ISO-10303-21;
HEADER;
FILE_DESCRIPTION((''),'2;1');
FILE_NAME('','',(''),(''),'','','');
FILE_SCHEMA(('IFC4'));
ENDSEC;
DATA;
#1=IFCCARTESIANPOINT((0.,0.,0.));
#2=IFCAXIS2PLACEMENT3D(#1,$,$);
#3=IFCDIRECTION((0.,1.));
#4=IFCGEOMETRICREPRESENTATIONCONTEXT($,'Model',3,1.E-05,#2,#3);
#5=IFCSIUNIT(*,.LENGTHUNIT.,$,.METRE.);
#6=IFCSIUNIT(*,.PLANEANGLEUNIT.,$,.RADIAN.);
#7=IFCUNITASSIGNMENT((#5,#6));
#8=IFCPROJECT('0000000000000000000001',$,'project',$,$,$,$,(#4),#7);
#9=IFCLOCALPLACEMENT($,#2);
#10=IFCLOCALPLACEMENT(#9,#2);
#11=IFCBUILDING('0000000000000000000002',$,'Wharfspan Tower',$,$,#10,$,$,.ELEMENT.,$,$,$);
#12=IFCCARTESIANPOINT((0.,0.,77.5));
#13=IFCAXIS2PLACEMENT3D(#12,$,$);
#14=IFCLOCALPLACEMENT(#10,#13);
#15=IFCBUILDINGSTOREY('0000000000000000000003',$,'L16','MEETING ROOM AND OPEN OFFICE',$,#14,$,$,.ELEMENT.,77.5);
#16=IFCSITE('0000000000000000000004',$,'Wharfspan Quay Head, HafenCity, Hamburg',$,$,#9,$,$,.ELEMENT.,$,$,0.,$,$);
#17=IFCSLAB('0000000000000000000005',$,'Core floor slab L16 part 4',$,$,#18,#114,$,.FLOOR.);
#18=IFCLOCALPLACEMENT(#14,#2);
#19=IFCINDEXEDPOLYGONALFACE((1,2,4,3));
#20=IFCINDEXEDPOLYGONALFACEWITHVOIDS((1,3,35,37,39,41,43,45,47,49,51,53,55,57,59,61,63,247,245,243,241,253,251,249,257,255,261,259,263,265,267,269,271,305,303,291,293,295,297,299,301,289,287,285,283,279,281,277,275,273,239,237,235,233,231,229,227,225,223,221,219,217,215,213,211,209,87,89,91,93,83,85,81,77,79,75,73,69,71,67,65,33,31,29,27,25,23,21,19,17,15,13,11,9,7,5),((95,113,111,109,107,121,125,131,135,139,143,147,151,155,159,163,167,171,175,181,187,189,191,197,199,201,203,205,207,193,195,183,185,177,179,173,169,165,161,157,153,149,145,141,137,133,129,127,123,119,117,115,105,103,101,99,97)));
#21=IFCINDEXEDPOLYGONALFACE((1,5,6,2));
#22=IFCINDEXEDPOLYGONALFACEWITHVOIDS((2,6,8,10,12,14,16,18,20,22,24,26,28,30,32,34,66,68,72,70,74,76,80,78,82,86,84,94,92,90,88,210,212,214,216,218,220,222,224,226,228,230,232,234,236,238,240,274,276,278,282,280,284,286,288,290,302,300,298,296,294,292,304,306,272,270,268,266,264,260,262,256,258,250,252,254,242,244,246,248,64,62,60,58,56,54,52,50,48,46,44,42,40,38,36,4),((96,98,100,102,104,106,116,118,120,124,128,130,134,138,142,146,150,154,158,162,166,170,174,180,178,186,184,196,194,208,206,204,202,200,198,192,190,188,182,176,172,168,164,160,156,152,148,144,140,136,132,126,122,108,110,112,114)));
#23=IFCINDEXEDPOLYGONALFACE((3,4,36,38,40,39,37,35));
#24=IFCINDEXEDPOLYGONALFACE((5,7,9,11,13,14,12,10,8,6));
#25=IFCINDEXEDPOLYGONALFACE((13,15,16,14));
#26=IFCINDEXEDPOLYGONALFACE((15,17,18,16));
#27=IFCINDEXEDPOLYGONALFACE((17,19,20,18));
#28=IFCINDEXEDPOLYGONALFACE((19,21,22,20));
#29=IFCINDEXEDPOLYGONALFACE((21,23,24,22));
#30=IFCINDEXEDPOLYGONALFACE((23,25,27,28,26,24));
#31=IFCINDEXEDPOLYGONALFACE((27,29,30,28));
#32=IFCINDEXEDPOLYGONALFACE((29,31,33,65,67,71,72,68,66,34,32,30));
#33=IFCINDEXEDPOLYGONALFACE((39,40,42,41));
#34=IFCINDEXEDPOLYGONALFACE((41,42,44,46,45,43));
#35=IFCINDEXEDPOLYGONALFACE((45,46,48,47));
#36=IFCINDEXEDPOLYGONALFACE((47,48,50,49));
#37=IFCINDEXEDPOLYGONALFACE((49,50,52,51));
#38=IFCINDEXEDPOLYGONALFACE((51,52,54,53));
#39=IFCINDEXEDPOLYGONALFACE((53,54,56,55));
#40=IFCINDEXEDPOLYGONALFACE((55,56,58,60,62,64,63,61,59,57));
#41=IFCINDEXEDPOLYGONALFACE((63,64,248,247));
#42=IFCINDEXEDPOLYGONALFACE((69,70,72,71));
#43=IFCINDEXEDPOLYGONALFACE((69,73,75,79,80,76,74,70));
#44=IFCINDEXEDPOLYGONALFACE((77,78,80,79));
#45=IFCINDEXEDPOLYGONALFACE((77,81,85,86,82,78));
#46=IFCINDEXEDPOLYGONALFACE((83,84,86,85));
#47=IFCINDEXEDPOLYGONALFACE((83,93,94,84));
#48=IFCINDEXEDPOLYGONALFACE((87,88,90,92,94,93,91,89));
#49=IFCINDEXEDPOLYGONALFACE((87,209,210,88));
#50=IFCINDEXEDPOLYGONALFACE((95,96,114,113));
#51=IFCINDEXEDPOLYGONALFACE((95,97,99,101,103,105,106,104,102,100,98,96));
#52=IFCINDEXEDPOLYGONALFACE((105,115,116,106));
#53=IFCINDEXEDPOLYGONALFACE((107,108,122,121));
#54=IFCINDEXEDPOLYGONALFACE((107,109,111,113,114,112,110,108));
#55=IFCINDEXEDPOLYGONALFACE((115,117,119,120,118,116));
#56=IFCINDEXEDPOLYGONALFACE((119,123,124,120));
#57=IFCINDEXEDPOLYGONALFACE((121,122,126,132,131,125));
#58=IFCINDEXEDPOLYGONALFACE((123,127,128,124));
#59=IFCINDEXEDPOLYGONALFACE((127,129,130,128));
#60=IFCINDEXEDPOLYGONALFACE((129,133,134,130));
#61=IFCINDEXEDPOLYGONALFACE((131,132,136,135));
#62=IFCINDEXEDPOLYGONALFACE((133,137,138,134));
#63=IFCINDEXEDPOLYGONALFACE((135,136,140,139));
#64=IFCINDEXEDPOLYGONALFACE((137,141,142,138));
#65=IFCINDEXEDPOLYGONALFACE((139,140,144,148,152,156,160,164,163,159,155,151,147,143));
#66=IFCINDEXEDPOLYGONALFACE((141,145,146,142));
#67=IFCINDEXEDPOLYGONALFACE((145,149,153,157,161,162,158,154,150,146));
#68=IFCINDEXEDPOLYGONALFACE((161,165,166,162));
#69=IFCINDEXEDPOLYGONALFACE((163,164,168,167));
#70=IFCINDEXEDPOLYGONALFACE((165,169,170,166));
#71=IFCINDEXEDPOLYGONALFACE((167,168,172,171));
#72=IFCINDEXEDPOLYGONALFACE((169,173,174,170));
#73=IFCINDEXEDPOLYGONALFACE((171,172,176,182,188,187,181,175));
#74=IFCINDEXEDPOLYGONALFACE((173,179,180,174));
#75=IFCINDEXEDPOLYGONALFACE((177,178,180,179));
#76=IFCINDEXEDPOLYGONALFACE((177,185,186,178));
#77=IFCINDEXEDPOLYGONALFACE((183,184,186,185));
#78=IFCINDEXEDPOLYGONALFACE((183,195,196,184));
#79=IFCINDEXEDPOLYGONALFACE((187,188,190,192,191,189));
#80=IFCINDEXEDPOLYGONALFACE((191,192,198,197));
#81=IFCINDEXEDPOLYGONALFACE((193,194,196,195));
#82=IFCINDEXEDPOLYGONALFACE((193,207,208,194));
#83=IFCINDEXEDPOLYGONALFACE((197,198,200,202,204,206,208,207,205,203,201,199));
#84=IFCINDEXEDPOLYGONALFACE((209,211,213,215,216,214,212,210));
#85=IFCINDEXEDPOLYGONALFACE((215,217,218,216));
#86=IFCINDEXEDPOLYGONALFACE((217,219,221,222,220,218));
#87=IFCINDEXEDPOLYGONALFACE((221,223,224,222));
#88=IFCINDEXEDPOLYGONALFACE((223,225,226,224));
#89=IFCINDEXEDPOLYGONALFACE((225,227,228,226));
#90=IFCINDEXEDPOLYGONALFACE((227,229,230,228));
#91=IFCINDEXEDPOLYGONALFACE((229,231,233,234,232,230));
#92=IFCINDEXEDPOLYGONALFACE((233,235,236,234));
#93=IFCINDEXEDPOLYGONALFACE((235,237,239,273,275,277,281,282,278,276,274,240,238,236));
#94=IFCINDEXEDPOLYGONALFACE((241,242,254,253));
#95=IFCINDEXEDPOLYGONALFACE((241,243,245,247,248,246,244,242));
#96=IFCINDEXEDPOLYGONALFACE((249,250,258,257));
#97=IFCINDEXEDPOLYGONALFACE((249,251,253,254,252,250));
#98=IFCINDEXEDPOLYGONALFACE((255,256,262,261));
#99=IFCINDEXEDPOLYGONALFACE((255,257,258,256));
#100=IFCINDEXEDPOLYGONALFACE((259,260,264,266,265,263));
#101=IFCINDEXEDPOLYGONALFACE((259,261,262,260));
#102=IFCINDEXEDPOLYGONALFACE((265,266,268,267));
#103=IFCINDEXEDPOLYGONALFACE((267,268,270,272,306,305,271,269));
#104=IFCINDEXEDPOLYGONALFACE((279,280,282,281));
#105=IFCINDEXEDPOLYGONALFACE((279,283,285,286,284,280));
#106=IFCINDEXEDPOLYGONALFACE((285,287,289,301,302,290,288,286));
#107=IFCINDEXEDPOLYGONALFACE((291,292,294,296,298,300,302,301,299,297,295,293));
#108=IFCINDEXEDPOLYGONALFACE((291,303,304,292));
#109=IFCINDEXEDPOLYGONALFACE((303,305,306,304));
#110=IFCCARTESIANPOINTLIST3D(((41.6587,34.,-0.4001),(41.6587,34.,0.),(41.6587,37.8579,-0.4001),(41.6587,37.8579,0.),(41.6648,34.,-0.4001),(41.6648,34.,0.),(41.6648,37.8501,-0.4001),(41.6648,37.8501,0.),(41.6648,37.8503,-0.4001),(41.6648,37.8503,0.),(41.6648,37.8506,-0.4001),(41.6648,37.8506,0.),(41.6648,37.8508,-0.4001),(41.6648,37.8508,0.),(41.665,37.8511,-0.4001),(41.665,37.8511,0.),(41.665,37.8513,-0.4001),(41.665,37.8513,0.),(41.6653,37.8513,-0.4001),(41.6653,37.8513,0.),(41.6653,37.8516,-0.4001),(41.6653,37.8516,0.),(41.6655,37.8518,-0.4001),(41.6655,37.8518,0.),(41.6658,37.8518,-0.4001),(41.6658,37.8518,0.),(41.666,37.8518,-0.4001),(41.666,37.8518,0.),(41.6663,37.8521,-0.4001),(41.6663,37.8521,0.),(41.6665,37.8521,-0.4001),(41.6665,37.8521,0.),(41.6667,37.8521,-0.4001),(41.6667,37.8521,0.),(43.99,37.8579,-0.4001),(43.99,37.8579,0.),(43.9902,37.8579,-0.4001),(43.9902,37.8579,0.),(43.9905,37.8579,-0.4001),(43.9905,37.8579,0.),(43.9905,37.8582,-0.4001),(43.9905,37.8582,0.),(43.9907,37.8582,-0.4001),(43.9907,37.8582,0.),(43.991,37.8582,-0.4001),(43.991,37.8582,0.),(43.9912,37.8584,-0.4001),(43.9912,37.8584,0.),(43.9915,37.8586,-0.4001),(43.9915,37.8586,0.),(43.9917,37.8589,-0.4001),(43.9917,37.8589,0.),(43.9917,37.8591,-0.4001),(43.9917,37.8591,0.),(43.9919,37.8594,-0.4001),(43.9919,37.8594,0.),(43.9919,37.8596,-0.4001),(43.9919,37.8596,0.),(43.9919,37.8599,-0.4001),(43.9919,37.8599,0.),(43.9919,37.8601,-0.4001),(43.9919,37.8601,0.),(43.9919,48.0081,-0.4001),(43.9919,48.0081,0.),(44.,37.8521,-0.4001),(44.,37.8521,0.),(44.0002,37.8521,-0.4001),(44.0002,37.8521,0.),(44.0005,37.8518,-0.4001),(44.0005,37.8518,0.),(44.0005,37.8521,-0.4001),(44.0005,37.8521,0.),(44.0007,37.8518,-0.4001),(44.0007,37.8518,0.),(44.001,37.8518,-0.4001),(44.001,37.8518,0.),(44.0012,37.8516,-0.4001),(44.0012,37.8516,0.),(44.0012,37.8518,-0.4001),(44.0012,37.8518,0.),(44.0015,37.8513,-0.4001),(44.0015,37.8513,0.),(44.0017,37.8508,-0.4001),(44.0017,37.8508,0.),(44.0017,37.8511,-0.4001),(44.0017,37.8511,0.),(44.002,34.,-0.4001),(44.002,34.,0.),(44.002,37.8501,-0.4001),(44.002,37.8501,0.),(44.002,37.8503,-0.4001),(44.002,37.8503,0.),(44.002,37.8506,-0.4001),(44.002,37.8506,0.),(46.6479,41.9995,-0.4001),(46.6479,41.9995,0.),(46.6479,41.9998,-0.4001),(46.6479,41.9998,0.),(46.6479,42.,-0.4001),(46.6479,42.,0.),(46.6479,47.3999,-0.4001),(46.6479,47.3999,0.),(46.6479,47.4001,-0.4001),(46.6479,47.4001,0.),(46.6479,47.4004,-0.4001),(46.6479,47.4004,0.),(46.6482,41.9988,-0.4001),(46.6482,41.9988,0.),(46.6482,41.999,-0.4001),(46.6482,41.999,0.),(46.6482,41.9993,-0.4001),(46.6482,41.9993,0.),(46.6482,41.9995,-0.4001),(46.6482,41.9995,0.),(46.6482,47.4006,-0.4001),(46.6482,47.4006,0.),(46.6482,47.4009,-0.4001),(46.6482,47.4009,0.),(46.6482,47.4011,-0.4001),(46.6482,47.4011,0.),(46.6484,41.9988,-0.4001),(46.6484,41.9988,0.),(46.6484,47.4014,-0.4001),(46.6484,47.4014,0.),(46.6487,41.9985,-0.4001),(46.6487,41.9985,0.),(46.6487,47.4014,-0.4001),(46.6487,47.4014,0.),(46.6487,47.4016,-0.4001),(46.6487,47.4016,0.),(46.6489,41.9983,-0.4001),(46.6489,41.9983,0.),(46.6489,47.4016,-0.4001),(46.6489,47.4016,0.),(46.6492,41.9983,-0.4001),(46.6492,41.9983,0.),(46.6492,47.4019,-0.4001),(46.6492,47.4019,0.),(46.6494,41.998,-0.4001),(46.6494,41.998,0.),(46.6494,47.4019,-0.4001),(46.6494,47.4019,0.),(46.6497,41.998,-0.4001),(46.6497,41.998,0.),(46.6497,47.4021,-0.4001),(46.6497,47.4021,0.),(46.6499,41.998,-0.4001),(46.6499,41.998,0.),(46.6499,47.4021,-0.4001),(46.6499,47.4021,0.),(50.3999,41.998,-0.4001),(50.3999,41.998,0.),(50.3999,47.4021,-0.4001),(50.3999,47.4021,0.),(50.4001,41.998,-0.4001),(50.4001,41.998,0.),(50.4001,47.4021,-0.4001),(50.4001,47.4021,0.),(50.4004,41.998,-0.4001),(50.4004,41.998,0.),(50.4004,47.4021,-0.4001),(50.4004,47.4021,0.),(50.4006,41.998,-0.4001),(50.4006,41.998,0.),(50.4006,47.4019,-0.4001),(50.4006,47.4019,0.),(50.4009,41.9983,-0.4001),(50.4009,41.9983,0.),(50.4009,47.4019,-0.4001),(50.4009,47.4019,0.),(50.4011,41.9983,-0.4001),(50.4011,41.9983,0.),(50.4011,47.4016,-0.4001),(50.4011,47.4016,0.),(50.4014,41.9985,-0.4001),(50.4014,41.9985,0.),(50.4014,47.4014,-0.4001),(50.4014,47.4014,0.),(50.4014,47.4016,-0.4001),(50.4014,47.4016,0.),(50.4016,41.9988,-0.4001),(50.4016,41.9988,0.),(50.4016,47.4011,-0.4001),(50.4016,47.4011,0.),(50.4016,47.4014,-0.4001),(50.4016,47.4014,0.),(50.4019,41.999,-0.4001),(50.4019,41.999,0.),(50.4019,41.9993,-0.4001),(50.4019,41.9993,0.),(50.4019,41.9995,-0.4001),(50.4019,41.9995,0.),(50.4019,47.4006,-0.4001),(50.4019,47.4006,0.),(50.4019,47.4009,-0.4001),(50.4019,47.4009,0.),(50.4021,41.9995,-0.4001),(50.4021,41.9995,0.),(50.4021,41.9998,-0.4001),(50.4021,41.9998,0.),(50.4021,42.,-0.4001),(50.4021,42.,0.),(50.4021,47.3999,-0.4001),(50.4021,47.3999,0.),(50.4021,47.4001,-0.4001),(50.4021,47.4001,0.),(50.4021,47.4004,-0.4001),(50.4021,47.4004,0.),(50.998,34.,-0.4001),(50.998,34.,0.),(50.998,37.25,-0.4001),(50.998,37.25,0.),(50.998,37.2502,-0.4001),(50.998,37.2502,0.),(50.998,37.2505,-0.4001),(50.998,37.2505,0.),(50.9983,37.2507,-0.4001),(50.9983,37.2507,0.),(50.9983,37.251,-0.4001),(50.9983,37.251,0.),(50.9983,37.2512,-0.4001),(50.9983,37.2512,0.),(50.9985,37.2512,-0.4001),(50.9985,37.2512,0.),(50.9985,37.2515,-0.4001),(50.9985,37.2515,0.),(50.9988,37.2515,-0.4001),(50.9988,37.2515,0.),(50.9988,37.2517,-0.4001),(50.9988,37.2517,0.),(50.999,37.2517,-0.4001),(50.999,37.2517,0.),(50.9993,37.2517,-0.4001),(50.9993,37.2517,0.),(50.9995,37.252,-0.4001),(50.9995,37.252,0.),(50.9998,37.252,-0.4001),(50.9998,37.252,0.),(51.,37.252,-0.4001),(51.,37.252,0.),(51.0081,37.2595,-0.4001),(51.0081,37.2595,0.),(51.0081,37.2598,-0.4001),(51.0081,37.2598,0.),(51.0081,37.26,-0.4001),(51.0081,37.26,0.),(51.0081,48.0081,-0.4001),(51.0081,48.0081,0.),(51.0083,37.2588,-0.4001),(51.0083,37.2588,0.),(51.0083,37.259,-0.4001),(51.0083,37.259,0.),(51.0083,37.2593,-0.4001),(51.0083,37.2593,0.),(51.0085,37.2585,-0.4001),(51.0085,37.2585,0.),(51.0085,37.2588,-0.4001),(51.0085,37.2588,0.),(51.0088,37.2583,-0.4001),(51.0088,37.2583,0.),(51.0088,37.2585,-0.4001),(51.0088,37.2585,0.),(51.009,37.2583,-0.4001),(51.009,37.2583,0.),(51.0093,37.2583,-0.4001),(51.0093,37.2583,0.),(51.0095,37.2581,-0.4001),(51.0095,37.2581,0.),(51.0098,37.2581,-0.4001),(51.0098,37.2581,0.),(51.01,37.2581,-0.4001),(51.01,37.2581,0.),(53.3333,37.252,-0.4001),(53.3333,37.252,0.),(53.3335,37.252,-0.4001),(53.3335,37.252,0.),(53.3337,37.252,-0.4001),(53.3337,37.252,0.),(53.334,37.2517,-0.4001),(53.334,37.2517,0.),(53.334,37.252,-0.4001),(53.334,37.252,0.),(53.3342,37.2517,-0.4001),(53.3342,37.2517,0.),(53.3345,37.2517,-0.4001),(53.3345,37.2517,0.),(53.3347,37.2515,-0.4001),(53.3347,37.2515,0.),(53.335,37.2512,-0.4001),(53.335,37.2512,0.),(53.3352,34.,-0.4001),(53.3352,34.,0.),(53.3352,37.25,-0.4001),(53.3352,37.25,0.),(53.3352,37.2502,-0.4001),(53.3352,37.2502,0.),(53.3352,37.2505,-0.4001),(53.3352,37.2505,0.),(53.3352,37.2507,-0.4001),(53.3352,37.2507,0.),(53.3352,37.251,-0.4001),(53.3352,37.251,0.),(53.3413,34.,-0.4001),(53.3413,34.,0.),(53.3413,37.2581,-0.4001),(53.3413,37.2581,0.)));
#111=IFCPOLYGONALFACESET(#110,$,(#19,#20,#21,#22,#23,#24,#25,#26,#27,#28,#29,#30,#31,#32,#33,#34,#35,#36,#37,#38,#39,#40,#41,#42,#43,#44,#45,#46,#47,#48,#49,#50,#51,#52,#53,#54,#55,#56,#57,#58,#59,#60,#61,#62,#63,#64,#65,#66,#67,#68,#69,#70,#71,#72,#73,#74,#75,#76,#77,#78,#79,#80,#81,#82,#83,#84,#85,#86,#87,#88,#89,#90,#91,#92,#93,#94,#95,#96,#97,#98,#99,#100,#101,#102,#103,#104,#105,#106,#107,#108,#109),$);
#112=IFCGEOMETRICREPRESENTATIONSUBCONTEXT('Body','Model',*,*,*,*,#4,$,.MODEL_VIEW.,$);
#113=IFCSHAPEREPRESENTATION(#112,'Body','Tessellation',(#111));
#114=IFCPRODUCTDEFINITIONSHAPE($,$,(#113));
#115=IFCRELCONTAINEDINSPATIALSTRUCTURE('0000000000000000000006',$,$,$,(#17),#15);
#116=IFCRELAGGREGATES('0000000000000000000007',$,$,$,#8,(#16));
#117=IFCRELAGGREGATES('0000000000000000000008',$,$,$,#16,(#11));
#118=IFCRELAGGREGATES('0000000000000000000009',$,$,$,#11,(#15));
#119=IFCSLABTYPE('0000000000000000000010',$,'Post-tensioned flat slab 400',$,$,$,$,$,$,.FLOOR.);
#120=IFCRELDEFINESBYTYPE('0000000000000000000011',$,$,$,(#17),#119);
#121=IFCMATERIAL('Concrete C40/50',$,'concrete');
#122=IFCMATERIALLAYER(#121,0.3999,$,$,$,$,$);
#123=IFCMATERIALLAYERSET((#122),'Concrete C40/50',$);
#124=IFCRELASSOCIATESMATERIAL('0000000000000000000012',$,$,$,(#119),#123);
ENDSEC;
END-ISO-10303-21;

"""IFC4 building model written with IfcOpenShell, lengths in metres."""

from ifc_helpers import new_model, si_unit, direction, frame, origin, place, context, subcontext, project, spatial, polyline, outline, extrude, material, layer, layer_set, type_object, element, save


model = new_model("IFC4")

# Units and contexts
model_context = context("Model", 3, precision=1e-05, world=origin(), true_north=direction((0.0, 1.0)))
body_context = subcontext(model_context, "Body", "Model", "MODEL_VIEW")
ifc_project = project(units=[si_unit("LENGTHUNIT", "METRE"), si_unit("PLANEANGLEUNIT", "RADIAN")], contexts=[model_context])

# Site, building, storey
site_placement = place(None, origin())
site = spatial("IfcSite", under=ifc_project, at=site_placement, Name="Wharfspan Quay Head, HafenCity, Hamburg", CompositionType="ELEMENT", RefElevation=0.0)
building_placement = place(site_placement, origin())
building = spatial("IfcBuilding", under=site, at=building_placement, Name="Wharfspan Tower", CompositionType="ELEMENT")
storey_placement = place(building_placement, frame((0.0, 0.0, 77.5)))
storey = spatial("IfcBuildingStorey", under=building, at=storey_placement, Name="L16", Description="MEETING ROOM AND OPEN OFFICE", CompositionType="ELEMENT", Elevation=77.5)

# Slab
ifc_material_1 = material(Name="Concrete C40/50", Category="concrete")
ifc_layer_1 = layer(ifc_material_1, 0.3999)
ifc_layer_set_1 = layer_set([ifc_layer_1], Name="Concrete C40/50")
slab_type = type_object("IfcSlabType", Name="Post-tensioned flat slab 400", PredefinedType="FLOOR", material=ifc_layer_set_1)
slab_1_placement = place(storey_placement, frame((0.0, 0.0, -0.4001)))
element("IfcSlab", 1, at=slab_1_placement, inside=storey, type_object=slab_type, Name="Core floor slab L16 part 4", PredefinedType="FLOOR", context=body_context, shape_type="SweptSolid", body=[
    extrude(outline(polyline([(53.3413, 34.0), (53.3413, 37.2581), (51.01, 37.2581), (51.0098, 37.2581), (51.0095, 37.2581), (51.0095, 37.2581), (51.0093, 37.2583), (51.009, 37.2583), (51.0088, 37.2583), (51.0088, 37.2585), (51.0085, 37.2585), (51.0085, 37.2588), (51.0083, 37.2588), (51.0083, 37.259), (51.0083, 37.2593), (51.0081, 37.2595), (51.0081, 37.2595), (51.0081, 37.2598), (51.0081, 37.26), (51.0081, 48.0081), (43.9919, 48.0081), (43.9919, 37.8601), (43.9919, 37.8599), (43.9919, 37.8596), (43.9919, 37.8594), (43.9917, 37.8591), (43.9917, 37.8591), (43.9917, 37.8589), (43.9915, 37.8586), (43.9915, 37.8586), (43.9912, 37.8584), (43.9912, 37.8584), (43.991, 37.8582), (43.9907, 37.8582), (43.9905, 37.8582), (43.9905, 37.8579), (43.9902, 37.8579), (43.99, 37.8579), (41.6587, 37.8579), (41.6587, 34.0), (41.6648, 34.0), (41.6648, 37.8501), (41.6648, 37.8501), (41.6648, 37.8503), (41.6648, 37.8506), (41.6648, 37.8508), (41.6648, 37.8508), (41.665, 37.8511), (41.665, 37.8513), (41.6653, 37.8513), (41.6653, 37.8516), (41.6655, 37.8518), (41.6658, 37.8518), (41.666, 37.8518), (41.666, 37.8518), (41.6663, 37.8521), (41.6665, 37.8521), (41.6667, 37.8521), (44.0, 37.8521), (44.0002, 37.8521), (44.0005, 37.8521), (44.0005, 37.8518), (44.0007, 37.8518), (44.001, 37.8518), (44.0012, 37.8518), (44.0012, 37.8516), (44.0015, 37.8513), (44.0015, 37.8513), (44.0017, 37.8511), (44.0017, 37.8508), (44.0017, 37.8508), (44.002, 37.8506), (44.002, 37.8503), (44.002, 37.8501), (44.002, 37.8501), (44.002, 34.0), (50.998, 34.0), (50.998, 37.25), (50.998, 37.2502), (50.998, 37.2505), (50.998, 37.2505), (50.9983, 37.2507), (50.9983, 37.251), (50.9983, 37.2512), (50.9985, 37.2512), (50.9985, 37.2515), (50.9988, 37.2515), (50.9988, 37.2517), (50.999, 37.2517), (50.9993, 37.2517), (50.9995, 37.252), (50.9995, 37.252), (50.9998, 37.252), (51.0, 37.252), (53.3333, 37.252), (53.3335, 37.252), (53.3337, 37.252), (53.334, 37.252), (53.334, 37.2517), (53.3342, 37.2517), (53.3345, 37.2517), (53.3347, 37.2515), (53.3347, 37.2515), (53.335, 37.2512), (53.335, 37.2512), (53.3352, 37.251), (53.3352, 37.2507), (53.3352, 37.2505), (53.3352, 37.2505), (53.3352, 37.2502), (53.3352, 37.25), (53.3352, 34.0), (53.3413, 34.0)]), holes=[polyline([(46.6499, 41.998), (46.6499, 41.998), (46.6497, 41.998), (46.6494, 41.998), (46.6492, 41.9983), (46.6492, 41.9983), (46.6489, 41.9983), (46.6487, 41.9985), (46.6487, 41.9985), (46.6484, 41.9988), (46.6482, 41.9988), (46.6482, 41.999), (46.6482, 41.9993), (46.6482, 41.9995), (46.6479, 41.9995), (46.6479, 41.9998), (46.6479, 42.0), (46.6479, 47.3999), (46.6479, 47.4001), (46.6479, 47.4004), (46.6482, 47.4006), (46.6482, 47.4009), (46.6482, 47.4009), (46.6482, 47.4011), (46.6484, 47.4014), (46.6487, 47.4014), (46.6487, 47.4016), (46.6489, 47.4016), (46.6492, 47.4019), (46.6492, 47.4019), (46.6494, 47.4019), (46.6497, 47.4021), (46.6499, 47.4021), (46.6499, 47.4021), (50.3999, 47.4021), (50.4001, 47.4021), (50.4004, 47.4021), (50.4006, 47.4019), (50.4009, 47.4019), (50.4009, 47.4019), (50.4011, 47.4016), (50.4014, 47.4016), (50.4014, 47.4014), (50.4016, 47.4014), (50.4016, 47.4011), (50.4019, 47.4009), (50.4019, 47.4009), (50.4019, 47.4006), (50.4021, 47.4004), (50.4021, 47.4001), (50.4021, 47.3999), (50.4021, 42.0), (50.4021, 41.9998), (50.4021, 41.9995), (50.4019, 41.9995), (50.4019, 41.9993), (50.4019, 41.999), (50.4016, 41.9988), (50.4016, 41.9988), (50.4014, 41.9985), (50.4014, 41.9985), (50.4011, 41.9983), (50.4009, 41.9983), (50.4009, 41.9983), (50.4006, 41.998), (50.4004, 41.998), (50.4001, 41.998), (50.3999, 41.998), (46.6499, 41.998)])]), origin(), (0.0, 0.0, 1.0), 0.4001),
])

save(model, "model.ifc")
